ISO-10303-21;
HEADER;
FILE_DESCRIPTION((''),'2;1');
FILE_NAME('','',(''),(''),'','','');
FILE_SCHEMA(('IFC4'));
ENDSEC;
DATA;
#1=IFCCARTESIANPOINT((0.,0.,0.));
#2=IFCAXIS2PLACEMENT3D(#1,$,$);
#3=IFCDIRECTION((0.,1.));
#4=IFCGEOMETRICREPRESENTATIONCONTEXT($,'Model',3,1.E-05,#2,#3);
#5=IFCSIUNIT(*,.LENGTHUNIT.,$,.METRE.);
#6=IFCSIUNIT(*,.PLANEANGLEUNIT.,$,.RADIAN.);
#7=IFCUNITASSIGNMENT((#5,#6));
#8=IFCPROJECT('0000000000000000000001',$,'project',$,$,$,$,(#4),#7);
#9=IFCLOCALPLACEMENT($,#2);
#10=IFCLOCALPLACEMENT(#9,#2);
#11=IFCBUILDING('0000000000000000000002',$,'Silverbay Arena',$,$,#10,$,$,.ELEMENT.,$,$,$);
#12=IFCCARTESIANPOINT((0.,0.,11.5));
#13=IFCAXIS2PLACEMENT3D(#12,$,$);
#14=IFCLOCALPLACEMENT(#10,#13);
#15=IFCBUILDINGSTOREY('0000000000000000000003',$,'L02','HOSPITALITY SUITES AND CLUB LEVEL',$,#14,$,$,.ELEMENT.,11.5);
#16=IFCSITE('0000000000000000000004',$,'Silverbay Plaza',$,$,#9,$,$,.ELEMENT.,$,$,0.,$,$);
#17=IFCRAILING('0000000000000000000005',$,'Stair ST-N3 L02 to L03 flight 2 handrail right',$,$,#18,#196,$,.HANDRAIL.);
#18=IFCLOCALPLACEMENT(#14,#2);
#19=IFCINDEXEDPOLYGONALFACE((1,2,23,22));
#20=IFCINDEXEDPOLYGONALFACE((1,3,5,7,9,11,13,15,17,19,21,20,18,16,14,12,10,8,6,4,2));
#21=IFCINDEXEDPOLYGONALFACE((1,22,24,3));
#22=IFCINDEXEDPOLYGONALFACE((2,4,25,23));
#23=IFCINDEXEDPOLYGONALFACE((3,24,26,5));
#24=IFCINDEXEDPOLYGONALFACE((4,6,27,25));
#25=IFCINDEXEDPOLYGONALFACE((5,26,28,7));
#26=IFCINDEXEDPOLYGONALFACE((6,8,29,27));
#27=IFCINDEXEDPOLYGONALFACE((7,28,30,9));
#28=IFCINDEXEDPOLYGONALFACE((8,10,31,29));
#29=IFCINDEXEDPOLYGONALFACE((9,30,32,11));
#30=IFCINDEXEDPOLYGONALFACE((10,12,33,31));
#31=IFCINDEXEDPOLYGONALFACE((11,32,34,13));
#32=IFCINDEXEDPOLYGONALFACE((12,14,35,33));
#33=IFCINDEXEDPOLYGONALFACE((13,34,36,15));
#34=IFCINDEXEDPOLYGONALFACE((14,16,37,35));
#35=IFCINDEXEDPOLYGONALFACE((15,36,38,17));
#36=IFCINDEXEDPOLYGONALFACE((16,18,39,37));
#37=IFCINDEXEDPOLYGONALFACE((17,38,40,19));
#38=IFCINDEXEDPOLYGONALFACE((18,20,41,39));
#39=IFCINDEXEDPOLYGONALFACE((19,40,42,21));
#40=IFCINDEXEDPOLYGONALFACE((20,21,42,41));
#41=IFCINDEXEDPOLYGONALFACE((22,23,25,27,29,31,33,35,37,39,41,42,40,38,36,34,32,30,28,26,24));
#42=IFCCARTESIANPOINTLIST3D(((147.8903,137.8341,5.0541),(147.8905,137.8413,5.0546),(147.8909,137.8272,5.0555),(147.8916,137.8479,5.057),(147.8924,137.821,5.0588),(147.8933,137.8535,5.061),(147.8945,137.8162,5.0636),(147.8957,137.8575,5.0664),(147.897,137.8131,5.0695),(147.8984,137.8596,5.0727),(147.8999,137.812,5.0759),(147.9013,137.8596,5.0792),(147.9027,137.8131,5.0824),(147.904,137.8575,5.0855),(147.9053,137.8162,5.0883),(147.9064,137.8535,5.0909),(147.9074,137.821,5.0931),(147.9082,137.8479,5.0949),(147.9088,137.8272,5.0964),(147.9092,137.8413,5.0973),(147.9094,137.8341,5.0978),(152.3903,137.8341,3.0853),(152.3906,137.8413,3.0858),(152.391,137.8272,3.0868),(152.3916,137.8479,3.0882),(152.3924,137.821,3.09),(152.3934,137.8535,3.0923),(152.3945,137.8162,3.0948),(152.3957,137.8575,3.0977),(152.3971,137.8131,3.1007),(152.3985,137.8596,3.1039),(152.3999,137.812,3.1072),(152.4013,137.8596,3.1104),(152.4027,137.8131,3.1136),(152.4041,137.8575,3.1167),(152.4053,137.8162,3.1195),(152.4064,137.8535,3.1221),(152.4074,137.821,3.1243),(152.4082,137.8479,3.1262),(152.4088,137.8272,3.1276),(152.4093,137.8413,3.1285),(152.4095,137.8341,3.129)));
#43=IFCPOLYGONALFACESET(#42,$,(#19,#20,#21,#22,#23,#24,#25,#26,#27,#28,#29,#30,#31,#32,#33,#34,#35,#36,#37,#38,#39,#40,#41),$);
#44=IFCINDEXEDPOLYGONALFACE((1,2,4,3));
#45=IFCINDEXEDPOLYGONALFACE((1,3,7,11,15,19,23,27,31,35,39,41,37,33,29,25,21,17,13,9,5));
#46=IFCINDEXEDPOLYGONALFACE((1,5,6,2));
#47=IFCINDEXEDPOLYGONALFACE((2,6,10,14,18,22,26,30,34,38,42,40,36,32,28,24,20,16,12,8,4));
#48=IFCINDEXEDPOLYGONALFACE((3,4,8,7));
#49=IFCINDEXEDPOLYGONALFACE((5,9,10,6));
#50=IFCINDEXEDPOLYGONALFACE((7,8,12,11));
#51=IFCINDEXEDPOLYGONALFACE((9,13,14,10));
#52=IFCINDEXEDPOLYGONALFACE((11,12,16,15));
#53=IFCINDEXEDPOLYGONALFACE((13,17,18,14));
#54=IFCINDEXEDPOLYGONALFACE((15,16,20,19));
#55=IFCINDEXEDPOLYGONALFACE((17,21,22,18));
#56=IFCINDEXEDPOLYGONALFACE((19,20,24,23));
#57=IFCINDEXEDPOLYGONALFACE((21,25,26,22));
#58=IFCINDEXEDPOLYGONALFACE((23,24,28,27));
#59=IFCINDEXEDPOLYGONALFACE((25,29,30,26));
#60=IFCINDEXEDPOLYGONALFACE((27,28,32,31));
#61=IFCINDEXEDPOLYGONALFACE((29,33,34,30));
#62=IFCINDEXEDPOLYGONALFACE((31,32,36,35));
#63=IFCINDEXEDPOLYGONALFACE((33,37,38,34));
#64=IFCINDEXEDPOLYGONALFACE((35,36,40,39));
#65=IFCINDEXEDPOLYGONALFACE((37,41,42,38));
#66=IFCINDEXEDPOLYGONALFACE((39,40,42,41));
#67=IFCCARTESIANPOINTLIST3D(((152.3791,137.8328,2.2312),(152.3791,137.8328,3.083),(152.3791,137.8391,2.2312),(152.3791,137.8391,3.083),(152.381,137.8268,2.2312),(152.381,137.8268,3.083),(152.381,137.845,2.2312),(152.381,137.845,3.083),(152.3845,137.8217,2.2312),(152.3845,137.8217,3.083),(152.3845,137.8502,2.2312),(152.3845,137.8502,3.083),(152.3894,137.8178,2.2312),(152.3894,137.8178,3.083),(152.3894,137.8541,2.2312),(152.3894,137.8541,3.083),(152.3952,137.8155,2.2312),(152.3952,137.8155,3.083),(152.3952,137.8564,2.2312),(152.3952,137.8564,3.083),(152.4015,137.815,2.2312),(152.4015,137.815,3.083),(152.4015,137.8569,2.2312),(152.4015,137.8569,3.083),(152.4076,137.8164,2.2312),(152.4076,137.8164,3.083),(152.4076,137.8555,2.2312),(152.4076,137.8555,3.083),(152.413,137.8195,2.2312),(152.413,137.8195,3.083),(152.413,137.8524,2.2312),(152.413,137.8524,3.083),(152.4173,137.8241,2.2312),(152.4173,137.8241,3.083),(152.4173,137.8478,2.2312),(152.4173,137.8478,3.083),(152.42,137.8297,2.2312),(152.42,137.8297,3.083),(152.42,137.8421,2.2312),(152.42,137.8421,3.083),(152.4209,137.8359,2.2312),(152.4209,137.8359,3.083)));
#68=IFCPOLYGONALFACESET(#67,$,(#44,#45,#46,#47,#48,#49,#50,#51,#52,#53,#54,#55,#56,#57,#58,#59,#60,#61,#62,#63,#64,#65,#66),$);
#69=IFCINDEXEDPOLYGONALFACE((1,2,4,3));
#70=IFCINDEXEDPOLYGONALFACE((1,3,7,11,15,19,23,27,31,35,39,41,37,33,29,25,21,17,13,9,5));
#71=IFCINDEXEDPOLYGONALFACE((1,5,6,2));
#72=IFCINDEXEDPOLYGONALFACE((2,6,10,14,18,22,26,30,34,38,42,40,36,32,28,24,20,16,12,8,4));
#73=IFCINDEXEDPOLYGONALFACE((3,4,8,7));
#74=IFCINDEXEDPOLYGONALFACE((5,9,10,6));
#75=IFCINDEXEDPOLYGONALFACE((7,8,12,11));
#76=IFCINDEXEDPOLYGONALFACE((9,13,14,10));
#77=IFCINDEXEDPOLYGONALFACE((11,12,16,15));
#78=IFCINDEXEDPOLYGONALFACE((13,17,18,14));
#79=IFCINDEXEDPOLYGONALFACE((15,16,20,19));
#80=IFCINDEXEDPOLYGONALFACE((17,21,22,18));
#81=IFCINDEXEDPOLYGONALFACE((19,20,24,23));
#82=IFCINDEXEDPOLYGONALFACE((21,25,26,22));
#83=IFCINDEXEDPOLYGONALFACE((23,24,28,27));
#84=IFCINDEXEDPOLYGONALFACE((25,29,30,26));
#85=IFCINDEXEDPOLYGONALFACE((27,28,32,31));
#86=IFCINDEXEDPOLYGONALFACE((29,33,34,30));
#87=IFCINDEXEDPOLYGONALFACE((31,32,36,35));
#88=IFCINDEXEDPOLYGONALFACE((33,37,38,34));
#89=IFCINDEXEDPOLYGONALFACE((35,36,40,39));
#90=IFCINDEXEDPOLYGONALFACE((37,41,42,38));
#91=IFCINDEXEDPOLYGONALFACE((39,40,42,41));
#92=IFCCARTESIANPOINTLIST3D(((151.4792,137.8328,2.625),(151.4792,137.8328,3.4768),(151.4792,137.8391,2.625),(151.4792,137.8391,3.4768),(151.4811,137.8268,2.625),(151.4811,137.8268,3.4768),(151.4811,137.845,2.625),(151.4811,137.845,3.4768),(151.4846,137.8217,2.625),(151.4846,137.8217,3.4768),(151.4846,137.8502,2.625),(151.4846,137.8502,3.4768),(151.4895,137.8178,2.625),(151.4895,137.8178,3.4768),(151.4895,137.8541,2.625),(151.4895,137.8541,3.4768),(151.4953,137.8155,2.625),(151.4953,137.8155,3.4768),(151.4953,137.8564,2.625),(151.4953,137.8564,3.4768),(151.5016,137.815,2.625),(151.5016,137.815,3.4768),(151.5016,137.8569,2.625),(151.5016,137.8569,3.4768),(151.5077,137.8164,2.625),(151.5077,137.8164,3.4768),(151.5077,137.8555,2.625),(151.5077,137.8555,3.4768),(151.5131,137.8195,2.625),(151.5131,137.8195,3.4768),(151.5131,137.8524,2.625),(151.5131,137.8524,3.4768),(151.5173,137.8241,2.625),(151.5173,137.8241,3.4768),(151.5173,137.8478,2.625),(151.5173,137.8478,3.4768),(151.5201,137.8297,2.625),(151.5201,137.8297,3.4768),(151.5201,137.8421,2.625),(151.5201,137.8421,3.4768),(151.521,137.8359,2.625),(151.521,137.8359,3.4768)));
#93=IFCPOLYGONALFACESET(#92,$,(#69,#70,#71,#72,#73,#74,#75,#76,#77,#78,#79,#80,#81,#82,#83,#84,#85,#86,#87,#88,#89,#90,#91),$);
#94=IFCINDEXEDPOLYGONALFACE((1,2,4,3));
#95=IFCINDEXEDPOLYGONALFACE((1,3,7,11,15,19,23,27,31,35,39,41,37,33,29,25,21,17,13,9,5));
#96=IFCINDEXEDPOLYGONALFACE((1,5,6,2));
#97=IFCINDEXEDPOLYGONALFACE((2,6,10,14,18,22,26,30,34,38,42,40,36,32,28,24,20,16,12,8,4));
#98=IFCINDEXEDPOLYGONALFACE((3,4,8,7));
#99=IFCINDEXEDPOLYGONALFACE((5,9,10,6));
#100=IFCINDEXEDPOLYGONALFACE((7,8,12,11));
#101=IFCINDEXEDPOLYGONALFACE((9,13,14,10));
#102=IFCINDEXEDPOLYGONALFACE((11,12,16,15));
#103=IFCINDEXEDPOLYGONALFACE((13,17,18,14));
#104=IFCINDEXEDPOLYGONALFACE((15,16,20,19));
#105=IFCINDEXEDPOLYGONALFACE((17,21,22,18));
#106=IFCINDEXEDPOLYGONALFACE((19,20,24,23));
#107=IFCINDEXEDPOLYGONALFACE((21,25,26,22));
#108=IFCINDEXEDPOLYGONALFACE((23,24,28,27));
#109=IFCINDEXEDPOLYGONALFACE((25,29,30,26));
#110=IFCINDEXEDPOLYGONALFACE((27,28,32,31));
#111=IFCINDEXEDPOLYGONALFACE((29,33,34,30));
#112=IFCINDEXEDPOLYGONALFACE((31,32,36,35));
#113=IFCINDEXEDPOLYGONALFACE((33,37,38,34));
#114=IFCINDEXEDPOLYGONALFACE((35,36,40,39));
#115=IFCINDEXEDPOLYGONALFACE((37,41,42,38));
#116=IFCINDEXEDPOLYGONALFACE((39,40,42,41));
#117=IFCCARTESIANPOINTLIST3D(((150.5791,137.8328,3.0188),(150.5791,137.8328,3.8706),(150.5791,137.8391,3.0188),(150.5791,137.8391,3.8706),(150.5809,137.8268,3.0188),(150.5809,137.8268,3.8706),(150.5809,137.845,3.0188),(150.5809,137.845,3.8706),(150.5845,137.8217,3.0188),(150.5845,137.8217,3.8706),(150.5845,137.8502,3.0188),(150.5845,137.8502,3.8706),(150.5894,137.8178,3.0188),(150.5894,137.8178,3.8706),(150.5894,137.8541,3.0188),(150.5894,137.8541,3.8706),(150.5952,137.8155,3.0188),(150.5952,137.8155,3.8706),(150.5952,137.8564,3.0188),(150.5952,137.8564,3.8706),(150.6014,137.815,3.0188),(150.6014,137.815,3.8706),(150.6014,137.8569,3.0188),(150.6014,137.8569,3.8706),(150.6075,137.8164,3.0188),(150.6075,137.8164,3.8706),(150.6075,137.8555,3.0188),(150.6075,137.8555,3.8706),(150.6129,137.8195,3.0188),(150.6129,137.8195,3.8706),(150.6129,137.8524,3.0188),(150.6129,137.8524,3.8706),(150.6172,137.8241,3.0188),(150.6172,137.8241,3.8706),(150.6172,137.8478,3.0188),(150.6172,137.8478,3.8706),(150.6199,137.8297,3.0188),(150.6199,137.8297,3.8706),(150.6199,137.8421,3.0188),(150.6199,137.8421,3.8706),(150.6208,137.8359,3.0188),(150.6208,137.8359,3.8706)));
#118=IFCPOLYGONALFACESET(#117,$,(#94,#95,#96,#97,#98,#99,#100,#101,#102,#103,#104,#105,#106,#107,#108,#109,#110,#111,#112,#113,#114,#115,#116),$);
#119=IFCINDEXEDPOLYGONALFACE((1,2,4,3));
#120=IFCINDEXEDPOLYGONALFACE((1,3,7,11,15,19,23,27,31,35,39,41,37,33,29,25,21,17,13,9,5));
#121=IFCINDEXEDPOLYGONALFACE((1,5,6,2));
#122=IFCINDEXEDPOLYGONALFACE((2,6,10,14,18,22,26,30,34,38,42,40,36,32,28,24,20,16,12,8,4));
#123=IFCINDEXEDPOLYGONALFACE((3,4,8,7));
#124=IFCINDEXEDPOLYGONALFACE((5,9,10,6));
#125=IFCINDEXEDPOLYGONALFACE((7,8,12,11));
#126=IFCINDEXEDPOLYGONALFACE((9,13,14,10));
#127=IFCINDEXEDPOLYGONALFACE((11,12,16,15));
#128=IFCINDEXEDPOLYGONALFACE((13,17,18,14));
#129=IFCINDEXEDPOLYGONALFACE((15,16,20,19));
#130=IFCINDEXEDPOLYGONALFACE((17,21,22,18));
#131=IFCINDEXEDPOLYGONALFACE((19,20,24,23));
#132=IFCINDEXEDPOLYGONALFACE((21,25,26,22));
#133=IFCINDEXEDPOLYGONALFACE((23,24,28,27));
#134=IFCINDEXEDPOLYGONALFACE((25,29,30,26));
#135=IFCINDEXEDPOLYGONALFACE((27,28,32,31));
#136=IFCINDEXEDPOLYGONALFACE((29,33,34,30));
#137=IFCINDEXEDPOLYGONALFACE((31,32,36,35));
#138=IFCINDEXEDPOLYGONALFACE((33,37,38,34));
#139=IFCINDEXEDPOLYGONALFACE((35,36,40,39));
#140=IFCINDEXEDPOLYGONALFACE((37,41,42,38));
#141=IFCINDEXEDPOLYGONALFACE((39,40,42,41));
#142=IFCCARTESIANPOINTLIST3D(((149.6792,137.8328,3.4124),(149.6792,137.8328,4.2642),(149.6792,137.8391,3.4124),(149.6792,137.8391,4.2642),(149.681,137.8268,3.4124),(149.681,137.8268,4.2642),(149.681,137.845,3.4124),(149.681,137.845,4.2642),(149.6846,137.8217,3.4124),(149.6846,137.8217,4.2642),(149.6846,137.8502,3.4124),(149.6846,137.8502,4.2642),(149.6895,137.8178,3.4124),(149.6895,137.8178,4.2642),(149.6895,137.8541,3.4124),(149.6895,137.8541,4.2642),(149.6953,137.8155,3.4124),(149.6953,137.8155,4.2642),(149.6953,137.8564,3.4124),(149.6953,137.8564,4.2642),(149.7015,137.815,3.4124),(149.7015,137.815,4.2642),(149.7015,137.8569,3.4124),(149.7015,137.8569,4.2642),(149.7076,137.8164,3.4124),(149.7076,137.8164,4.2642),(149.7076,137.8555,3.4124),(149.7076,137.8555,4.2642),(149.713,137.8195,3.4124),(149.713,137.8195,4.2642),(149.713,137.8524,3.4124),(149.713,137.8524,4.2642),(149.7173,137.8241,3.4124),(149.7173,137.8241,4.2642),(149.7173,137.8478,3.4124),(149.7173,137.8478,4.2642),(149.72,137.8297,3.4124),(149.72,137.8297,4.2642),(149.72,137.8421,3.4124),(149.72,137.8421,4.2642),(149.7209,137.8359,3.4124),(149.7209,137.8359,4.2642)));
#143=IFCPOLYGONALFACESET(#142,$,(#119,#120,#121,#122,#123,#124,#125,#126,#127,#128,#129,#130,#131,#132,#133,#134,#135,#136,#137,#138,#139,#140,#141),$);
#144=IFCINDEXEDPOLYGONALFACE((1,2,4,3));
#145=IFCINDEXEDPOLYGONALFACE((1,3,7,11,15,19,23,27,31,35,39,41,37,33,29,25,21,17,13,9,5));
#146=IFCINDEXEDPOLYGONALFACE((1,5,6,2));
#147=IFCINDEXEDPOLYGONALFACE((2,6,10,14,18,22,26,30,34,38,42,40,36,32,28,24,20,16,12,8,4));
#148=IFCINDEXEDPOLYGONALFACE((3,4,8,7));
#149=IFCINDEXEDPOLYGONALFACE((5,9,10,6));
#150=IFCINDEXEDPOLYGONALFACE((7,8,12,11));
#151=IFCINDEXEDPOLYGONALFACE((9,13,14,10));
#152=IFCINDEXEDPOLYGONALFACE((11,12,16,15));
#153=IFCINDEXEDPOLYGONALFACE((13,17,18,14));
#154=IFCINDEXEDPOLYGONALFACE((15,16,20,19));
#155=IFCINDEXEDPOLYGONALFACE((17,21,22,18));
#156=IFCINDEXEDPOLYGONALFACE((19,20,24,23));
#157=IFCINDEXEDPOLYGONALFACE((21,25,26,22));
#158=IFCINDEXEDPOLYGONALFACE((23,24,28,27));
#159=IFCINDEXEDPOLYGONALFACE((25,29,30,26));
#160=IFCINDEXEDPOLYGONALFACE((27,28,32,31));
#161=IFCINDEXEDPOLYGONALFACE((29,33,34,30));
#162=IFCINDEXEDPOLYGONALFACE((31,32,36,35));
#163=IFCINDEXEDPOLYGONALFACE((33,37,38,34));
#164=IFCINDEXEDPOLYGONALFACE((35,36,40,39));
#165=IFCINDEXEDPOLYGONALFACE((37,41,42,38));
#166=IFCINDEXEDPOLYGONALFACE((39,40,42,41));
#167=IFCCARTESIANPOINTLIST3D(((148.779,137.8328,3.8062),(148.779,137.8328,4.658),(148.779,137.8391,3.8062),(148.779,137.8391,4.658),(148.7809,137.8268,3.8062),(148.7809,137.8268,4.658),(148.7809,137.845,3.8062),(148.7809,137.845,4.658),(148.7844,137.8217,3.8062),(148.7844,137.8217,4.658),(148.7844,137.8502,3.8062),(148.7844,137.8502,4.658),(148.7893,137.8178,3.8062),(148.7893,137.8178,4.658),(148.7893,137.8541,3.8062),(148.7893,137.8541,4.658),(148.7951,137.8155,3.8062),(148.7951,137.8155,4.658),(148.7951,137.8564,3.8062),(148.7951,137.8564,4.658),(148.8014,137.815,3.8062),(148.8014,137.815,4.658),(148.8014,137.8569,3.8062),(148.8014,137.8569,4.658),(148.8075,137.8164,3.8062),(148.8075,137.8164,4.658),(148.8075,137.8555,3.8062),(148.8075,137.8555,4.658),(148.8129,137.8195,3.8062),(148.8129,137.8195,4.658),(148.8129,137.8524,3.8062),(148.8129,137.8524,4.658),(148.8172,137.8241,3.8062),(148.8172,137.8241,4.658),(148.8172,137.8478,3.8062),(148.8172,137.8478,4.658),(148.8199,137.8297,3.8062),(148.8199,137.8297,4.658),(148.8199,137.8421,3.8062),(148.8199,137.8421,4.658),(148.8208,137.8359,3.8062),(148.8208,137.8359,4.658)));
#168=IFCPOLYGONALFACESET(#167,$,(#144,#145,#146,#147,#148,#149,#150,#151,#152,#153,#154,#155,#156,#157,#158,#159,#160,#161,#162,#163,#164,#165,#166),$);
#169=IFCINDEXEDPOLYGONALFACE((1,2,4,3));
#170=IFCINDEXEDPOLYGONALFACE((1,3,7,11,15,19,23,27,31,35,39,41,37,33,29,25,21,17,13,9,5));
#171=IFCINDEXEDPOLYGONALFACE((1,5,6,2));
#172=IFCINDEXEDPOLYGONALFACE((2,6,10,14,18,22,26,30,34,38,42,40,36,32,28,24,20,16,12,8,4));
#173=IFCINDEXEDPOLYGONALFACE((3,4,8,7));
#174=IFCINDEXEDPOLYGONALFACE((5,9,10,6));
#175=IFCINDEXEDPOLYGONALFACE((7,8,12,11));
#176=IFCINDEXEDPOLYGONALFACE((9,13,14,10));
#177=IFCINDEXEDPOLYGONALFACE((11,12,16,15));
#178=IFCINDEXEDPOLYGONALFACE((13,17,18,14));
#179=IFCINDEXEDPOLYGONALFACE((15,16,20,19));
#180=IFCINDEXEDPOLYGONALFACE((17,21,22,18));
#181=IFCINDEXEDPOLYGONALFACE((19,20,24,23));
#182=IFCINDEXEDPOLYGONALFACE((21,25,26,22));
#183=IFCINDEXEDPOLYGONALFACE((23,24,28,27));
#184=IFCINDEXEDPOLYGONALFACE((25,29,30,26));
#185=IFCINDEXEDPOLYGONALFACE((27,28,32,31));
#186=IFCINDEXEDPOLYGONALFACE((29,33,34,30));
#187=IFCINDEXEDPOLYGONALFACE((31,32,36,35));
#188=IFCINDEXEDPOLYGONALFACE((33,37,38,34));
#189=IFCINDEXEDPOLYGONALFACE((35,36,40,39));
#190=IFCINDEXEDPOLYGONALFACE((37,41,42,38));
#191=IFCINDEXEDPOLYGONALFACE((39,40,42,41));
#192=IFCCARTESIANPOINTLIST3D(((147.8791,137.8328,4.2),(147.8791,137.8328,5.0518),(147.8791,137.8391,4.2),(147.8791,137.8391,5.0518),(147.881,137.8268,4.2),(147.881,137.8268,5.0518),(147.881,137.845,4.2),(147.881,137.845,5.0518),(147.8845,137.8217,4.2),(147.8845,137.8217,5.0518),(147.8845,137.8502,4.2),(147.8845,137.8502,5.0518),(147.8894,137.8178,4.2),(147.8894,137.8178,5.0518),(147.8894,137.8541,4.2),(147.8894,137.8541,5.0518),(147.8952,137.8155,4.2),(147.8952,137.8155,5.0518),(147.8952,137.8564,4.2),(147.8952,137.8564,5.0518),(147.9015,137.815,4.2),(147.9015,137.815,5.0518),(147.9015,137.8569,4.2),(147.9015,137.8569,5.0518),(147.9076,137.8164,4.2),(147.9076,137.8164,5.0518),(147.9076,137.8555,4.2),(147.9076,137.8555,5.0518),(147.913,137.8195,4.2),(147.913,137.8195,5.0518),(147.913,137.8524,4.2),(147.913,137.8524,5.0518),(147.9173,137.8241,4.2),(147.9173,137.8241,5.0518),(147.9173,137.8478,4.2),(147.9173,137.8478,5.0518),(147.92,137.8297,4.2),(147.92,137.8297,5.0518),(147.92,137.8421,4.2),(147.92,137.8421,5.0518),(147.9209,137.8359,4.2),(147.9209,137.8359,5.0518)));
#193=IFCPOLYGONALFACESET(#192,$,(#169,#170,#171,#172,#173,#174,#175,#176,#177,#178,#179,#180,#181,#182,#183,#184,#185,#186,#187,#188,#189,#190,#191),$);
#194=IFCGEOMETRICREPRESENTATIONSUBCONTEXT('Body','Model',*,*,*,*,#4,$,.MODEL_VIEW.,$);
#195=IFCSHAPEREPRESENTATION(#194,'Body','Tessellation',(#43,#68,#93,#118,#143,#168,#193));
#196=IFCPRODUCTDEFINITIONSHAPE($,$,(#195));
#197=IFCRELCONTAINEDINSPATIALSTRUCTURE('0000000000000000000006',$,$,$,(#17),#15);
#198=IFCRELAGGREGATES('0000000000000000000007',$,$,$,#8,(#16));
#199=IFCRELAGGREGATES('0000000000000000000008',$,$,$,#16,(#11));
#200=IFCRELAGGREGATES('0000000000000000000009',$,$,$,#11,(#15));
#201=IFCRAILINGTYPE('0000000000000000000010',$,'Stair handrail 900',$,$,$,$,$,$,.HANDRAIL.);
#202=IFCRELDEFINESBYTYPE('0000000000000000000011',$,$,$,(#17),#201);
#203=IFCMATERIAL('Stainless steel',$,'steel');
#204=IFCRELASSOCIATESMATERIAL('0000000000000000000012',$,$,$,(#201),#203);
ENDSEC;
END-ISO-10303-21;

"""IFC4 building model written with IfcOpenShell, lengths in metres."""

from ifc_helpers import new_model, si_unit, direction, frame, origin, origin_2d, place, context, subcontext, project, spatial, circle, extrude, material, type_object, element, save


model = new_model("IFC4")

# Units and contexts
model_context = context("Model", 3, precision=1e-05, world=origin(), true_north=direction((0.0, 1.0)))
body_context = subcontext(model_context, "Body", "Model", "MODEL_VIEW")
ifc_project = project(units=[si_unit("LENGTHUNIT", "METRE"), si_unit("PLANEANGLEUNIT", "RADIAN")], contexts=[model_context])

# Site, building, storey
site_placement = place(None, origin())
site = spatial("IfcSite", under=ifc_project, at=site_placement, Name="Silverbay Plaza", CompositionType="ELEMENT", RefElevation=0.0)
building_placement = place(site_placement, origin())
building = spatial("IfcBuilding", under=site, at=building_placement, Name="Silverbay Arena", CompositionType="ELEMENT")
storey_placement = place(building_placement, frame((0.0, 0.0, 11.5)))
storey = spatial("IfcBuildingStorey", under=building, at=storey_placement, Name="L02", Description="HOSPITALITY SUITES AND CLUB LEVEL", CompositionType="ELEMENT", Elevation=11.5)

# Railing
ifc_material_1 = material(Name="Stainless steel", Category="steel")
railing_type_1 = type_object("IfcRailingType", Name="Stair handrail 900", PredefinedType="HANDRAIL", material=ifc_material_1)
for number, where, name in (
    (1, (152.3999, 137.8359, 2.2312), "Stair ST-N3 L02 to L03 flight 2 handrail right"),
):
    element("IfcRailing", number, at=place(storey_placement, frame(where)), inside=storey, type_object=railing_type_1, Name=name, PredefinedType="HANDRAIL", context=body_context, shape_type="SweptSolid", body=[
        extrude(circle(Radius=0.0239, at=origin_2d()), frame((0.0, 0.0, 0.876), z_axis=(-0.916157, 0.0, 0.400819), x_axis=(0.0, -1.0, 0.0)), (0.0, 0.0, 1.0), 4.9119),
        extrude(circle(Radius=0.021, at=origin_2d()), origin(), (0.0, 0.0, 1.0), 0.8518),
        extrude(circle(Radius=0.021, at=origin_2d()), frame((-0.8999, 0.0, 0.3938)), (0.0, 0.0, 1.0), 0.8518),
        extrude(circle(Radius=0.021, at=origin_2d()), frame((-1.8, 0.0, 0.7876)), (0.0, 0.0, 1.0), 0.8518),
        extrude(circle(Radius=0.021, at=origin_2d()), frame((-2.7, 0.0, 1.1812)), (0.0, 0.0, 1.0), 0.8518),
        extrude(circle(Radius=0.021, at=origin_2d()), frame((-3.6001, 0.0, 1.575)), (0.0, 0.0, 1.0), 0.8518),
        extrude(circle(Radius=0.021, at=origin_2d()), frame((-4.5, 0.0, 1.9688)), (0.0, 0.0, 1.0), 0.8518),
    ])

save(model, "model.ifc")
